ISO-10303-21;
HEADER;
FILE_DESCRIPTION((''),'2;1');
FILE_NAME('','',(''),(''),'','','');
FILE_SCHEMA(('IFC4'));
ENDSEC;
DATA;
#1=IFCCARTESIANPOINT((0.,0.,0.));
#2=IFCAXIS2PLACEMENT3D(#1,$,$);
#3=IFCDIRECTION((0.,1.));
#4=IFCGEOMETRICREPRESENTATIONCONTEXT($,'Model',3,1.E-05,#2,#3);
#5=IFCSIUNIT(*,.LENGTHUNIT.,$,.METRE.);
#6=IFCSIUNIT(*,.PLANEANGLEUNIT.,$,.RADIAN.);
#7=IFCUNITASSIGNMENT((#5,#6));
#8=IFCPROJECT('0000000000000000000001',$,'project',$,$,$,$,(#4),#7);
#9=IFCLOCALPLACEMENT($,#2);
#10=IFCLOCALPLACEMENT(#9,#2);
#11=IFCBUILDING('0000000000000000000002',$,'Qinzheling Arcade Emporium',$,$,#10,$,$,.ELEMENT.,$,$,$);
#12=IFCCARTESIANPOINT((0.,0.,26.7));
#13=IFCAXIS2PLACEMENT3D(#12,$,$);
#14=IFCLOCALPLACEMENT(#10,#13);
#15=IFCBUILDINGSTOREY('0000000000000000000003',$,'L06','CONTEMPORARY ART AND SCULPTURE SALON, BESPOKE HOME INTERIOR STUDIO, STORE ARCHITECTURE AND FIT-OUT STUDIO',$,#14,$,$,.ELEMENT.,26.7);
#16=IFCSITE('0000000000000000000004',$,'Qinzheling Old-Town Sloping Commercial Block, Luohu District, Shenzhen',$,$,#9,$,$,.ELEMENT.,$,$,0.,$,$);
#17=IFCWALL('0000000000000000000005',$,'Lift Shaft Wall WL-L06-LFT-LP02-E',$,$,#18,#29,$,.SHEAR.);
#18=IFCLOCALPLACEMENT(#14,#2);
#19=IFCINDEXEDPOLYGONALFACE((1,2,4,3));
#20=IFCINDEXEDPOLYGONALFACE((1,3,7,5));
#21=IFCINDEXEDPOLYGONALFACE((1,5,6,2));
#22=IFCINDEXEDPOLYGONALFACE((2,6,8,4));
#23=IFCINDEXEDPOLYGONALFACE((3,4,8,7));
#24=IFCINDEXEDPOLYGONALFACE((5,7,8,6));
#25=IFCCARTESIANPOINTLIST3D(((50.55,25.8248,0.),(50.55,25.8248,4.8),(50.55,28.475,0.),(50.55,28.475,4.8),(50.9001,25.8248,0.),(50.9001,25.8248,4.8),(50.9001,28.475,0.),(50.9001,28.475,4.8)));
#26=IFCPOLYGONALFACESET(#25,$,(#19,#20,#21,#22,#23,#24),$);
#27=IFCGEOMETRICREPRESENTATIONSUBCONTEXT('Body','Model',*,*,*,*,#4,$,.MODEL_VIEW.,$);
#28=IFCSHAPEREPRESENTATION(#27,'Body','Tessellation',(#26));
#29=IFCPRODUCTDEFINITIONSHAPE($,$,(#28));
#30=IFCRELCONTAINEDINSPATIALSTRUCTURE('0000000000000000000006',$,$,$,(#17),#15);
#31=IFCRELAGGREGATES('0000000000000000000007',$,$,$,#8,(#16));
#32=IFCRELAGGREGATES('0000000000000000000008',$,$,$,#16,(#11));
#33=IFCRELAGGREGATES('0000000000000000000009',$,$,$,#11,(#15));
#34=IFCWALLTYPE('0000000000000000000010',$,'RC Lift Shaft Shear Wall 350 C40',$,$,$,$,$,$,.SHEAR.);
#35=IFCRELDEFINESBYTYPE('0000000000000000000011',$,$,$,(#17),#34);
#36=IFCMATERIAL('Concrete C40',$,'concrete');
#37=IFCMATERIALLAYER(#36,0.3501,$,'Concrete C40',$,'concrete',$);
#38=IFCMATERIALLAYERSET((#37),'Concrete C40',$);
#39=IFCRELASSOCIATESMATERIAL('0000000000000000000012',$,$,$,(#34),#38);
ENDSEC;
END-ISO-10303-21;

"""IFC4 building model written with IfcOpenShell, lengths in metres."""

from ifc_helpers import new_model, si_unit, direction, frame, frame_2d, origin, place, context, subcontext, project, spatial, rectangle, extrude, material, layer, layer_set, type_object, element, save


model = new_model("IFC4")

# Units and contexts
model_context = context("Model", 3, precision=1e-05, world=origin(), true_north=direction((0.0, 1.0)))
body_context = subcontext(model_context, "Body", "Model", "MODEL_VIEW")
ifc_project = project(units=[si_unit("LENGTHUNIT", "METRE"), si_unit("PLANEANGLEUNIT", "RADIAN")], contexts=[model_context])

# Site, building, storey
site_placement = place(None, origin())
site = spatial("IfcSite", under=ifc_project, at=site_placement, Name="Qinzheling Old-Town Sloping Commercial Block, Luohu District, Shenzhen", CompositionType="ELEMENT", RefElevation=0.0)
building_placement = place(site_placement, origin())
building = spatial("IfcBuilding", under=site, at=building_placement, Name="Qinzheling Arcade Emporium", CompositionType="ELEMENT")
storey_placement = place(building_placement, frame((0.0, 0.0, 26.7)))
storey = spatial("IfcBuildingStorey", under=building, at=storey_placement, Name="L06", Description="CONTEMPORARY ART AND SCULPTURE SALON, BESPOKE HOME INTERIOR STUDIO, STORE ARCHITECTURE AND FIT-OUT STUDIO", CompositionType="ELEMENT", Elevation=26.7)

# Shared definitions
ifc_material_1 = material(Name="Concrete C40", Category="concrete")

# Shared definitions
ifc_layer_1 = layer(ifc_material_1, 0.3501, Name="Concrete C40", Category="concrete")
ifc_layer_set_1 = layer_set([ifc_layer_1], Name="Concrete C40")
wall_type_1 = type_object("IfcWallType", Name="RC Lift Shaft Shear Wall 350 C40", PredefinedType="SHEAR", material=ifc_layer_set_1)

# Wall
wall_1_placement = place(storey_placement, frame((50.7251, 28.4751, 0.0), z_axis=(0.0, 0.0, 1.0), x_axis=(0.0, -1.0, 0.0)))
element("IfcWall", 1, at=wall_1_placement, inside=storey, type_object=wall_type_1, Name="Lift Shaft Wall WL-L06-LFT-LP02-E", PredefinedType="SHEAR", context=body_context, shape_type="SweptSolid", body=[
    extrude(rectangle(XDim=2.6501, YDim=0.3501, at=frame_2d((1.3252, 0.0))), origin(), (0.0, 0.0, 1.0), 4.8),
])

save(model, "model.ifc")
